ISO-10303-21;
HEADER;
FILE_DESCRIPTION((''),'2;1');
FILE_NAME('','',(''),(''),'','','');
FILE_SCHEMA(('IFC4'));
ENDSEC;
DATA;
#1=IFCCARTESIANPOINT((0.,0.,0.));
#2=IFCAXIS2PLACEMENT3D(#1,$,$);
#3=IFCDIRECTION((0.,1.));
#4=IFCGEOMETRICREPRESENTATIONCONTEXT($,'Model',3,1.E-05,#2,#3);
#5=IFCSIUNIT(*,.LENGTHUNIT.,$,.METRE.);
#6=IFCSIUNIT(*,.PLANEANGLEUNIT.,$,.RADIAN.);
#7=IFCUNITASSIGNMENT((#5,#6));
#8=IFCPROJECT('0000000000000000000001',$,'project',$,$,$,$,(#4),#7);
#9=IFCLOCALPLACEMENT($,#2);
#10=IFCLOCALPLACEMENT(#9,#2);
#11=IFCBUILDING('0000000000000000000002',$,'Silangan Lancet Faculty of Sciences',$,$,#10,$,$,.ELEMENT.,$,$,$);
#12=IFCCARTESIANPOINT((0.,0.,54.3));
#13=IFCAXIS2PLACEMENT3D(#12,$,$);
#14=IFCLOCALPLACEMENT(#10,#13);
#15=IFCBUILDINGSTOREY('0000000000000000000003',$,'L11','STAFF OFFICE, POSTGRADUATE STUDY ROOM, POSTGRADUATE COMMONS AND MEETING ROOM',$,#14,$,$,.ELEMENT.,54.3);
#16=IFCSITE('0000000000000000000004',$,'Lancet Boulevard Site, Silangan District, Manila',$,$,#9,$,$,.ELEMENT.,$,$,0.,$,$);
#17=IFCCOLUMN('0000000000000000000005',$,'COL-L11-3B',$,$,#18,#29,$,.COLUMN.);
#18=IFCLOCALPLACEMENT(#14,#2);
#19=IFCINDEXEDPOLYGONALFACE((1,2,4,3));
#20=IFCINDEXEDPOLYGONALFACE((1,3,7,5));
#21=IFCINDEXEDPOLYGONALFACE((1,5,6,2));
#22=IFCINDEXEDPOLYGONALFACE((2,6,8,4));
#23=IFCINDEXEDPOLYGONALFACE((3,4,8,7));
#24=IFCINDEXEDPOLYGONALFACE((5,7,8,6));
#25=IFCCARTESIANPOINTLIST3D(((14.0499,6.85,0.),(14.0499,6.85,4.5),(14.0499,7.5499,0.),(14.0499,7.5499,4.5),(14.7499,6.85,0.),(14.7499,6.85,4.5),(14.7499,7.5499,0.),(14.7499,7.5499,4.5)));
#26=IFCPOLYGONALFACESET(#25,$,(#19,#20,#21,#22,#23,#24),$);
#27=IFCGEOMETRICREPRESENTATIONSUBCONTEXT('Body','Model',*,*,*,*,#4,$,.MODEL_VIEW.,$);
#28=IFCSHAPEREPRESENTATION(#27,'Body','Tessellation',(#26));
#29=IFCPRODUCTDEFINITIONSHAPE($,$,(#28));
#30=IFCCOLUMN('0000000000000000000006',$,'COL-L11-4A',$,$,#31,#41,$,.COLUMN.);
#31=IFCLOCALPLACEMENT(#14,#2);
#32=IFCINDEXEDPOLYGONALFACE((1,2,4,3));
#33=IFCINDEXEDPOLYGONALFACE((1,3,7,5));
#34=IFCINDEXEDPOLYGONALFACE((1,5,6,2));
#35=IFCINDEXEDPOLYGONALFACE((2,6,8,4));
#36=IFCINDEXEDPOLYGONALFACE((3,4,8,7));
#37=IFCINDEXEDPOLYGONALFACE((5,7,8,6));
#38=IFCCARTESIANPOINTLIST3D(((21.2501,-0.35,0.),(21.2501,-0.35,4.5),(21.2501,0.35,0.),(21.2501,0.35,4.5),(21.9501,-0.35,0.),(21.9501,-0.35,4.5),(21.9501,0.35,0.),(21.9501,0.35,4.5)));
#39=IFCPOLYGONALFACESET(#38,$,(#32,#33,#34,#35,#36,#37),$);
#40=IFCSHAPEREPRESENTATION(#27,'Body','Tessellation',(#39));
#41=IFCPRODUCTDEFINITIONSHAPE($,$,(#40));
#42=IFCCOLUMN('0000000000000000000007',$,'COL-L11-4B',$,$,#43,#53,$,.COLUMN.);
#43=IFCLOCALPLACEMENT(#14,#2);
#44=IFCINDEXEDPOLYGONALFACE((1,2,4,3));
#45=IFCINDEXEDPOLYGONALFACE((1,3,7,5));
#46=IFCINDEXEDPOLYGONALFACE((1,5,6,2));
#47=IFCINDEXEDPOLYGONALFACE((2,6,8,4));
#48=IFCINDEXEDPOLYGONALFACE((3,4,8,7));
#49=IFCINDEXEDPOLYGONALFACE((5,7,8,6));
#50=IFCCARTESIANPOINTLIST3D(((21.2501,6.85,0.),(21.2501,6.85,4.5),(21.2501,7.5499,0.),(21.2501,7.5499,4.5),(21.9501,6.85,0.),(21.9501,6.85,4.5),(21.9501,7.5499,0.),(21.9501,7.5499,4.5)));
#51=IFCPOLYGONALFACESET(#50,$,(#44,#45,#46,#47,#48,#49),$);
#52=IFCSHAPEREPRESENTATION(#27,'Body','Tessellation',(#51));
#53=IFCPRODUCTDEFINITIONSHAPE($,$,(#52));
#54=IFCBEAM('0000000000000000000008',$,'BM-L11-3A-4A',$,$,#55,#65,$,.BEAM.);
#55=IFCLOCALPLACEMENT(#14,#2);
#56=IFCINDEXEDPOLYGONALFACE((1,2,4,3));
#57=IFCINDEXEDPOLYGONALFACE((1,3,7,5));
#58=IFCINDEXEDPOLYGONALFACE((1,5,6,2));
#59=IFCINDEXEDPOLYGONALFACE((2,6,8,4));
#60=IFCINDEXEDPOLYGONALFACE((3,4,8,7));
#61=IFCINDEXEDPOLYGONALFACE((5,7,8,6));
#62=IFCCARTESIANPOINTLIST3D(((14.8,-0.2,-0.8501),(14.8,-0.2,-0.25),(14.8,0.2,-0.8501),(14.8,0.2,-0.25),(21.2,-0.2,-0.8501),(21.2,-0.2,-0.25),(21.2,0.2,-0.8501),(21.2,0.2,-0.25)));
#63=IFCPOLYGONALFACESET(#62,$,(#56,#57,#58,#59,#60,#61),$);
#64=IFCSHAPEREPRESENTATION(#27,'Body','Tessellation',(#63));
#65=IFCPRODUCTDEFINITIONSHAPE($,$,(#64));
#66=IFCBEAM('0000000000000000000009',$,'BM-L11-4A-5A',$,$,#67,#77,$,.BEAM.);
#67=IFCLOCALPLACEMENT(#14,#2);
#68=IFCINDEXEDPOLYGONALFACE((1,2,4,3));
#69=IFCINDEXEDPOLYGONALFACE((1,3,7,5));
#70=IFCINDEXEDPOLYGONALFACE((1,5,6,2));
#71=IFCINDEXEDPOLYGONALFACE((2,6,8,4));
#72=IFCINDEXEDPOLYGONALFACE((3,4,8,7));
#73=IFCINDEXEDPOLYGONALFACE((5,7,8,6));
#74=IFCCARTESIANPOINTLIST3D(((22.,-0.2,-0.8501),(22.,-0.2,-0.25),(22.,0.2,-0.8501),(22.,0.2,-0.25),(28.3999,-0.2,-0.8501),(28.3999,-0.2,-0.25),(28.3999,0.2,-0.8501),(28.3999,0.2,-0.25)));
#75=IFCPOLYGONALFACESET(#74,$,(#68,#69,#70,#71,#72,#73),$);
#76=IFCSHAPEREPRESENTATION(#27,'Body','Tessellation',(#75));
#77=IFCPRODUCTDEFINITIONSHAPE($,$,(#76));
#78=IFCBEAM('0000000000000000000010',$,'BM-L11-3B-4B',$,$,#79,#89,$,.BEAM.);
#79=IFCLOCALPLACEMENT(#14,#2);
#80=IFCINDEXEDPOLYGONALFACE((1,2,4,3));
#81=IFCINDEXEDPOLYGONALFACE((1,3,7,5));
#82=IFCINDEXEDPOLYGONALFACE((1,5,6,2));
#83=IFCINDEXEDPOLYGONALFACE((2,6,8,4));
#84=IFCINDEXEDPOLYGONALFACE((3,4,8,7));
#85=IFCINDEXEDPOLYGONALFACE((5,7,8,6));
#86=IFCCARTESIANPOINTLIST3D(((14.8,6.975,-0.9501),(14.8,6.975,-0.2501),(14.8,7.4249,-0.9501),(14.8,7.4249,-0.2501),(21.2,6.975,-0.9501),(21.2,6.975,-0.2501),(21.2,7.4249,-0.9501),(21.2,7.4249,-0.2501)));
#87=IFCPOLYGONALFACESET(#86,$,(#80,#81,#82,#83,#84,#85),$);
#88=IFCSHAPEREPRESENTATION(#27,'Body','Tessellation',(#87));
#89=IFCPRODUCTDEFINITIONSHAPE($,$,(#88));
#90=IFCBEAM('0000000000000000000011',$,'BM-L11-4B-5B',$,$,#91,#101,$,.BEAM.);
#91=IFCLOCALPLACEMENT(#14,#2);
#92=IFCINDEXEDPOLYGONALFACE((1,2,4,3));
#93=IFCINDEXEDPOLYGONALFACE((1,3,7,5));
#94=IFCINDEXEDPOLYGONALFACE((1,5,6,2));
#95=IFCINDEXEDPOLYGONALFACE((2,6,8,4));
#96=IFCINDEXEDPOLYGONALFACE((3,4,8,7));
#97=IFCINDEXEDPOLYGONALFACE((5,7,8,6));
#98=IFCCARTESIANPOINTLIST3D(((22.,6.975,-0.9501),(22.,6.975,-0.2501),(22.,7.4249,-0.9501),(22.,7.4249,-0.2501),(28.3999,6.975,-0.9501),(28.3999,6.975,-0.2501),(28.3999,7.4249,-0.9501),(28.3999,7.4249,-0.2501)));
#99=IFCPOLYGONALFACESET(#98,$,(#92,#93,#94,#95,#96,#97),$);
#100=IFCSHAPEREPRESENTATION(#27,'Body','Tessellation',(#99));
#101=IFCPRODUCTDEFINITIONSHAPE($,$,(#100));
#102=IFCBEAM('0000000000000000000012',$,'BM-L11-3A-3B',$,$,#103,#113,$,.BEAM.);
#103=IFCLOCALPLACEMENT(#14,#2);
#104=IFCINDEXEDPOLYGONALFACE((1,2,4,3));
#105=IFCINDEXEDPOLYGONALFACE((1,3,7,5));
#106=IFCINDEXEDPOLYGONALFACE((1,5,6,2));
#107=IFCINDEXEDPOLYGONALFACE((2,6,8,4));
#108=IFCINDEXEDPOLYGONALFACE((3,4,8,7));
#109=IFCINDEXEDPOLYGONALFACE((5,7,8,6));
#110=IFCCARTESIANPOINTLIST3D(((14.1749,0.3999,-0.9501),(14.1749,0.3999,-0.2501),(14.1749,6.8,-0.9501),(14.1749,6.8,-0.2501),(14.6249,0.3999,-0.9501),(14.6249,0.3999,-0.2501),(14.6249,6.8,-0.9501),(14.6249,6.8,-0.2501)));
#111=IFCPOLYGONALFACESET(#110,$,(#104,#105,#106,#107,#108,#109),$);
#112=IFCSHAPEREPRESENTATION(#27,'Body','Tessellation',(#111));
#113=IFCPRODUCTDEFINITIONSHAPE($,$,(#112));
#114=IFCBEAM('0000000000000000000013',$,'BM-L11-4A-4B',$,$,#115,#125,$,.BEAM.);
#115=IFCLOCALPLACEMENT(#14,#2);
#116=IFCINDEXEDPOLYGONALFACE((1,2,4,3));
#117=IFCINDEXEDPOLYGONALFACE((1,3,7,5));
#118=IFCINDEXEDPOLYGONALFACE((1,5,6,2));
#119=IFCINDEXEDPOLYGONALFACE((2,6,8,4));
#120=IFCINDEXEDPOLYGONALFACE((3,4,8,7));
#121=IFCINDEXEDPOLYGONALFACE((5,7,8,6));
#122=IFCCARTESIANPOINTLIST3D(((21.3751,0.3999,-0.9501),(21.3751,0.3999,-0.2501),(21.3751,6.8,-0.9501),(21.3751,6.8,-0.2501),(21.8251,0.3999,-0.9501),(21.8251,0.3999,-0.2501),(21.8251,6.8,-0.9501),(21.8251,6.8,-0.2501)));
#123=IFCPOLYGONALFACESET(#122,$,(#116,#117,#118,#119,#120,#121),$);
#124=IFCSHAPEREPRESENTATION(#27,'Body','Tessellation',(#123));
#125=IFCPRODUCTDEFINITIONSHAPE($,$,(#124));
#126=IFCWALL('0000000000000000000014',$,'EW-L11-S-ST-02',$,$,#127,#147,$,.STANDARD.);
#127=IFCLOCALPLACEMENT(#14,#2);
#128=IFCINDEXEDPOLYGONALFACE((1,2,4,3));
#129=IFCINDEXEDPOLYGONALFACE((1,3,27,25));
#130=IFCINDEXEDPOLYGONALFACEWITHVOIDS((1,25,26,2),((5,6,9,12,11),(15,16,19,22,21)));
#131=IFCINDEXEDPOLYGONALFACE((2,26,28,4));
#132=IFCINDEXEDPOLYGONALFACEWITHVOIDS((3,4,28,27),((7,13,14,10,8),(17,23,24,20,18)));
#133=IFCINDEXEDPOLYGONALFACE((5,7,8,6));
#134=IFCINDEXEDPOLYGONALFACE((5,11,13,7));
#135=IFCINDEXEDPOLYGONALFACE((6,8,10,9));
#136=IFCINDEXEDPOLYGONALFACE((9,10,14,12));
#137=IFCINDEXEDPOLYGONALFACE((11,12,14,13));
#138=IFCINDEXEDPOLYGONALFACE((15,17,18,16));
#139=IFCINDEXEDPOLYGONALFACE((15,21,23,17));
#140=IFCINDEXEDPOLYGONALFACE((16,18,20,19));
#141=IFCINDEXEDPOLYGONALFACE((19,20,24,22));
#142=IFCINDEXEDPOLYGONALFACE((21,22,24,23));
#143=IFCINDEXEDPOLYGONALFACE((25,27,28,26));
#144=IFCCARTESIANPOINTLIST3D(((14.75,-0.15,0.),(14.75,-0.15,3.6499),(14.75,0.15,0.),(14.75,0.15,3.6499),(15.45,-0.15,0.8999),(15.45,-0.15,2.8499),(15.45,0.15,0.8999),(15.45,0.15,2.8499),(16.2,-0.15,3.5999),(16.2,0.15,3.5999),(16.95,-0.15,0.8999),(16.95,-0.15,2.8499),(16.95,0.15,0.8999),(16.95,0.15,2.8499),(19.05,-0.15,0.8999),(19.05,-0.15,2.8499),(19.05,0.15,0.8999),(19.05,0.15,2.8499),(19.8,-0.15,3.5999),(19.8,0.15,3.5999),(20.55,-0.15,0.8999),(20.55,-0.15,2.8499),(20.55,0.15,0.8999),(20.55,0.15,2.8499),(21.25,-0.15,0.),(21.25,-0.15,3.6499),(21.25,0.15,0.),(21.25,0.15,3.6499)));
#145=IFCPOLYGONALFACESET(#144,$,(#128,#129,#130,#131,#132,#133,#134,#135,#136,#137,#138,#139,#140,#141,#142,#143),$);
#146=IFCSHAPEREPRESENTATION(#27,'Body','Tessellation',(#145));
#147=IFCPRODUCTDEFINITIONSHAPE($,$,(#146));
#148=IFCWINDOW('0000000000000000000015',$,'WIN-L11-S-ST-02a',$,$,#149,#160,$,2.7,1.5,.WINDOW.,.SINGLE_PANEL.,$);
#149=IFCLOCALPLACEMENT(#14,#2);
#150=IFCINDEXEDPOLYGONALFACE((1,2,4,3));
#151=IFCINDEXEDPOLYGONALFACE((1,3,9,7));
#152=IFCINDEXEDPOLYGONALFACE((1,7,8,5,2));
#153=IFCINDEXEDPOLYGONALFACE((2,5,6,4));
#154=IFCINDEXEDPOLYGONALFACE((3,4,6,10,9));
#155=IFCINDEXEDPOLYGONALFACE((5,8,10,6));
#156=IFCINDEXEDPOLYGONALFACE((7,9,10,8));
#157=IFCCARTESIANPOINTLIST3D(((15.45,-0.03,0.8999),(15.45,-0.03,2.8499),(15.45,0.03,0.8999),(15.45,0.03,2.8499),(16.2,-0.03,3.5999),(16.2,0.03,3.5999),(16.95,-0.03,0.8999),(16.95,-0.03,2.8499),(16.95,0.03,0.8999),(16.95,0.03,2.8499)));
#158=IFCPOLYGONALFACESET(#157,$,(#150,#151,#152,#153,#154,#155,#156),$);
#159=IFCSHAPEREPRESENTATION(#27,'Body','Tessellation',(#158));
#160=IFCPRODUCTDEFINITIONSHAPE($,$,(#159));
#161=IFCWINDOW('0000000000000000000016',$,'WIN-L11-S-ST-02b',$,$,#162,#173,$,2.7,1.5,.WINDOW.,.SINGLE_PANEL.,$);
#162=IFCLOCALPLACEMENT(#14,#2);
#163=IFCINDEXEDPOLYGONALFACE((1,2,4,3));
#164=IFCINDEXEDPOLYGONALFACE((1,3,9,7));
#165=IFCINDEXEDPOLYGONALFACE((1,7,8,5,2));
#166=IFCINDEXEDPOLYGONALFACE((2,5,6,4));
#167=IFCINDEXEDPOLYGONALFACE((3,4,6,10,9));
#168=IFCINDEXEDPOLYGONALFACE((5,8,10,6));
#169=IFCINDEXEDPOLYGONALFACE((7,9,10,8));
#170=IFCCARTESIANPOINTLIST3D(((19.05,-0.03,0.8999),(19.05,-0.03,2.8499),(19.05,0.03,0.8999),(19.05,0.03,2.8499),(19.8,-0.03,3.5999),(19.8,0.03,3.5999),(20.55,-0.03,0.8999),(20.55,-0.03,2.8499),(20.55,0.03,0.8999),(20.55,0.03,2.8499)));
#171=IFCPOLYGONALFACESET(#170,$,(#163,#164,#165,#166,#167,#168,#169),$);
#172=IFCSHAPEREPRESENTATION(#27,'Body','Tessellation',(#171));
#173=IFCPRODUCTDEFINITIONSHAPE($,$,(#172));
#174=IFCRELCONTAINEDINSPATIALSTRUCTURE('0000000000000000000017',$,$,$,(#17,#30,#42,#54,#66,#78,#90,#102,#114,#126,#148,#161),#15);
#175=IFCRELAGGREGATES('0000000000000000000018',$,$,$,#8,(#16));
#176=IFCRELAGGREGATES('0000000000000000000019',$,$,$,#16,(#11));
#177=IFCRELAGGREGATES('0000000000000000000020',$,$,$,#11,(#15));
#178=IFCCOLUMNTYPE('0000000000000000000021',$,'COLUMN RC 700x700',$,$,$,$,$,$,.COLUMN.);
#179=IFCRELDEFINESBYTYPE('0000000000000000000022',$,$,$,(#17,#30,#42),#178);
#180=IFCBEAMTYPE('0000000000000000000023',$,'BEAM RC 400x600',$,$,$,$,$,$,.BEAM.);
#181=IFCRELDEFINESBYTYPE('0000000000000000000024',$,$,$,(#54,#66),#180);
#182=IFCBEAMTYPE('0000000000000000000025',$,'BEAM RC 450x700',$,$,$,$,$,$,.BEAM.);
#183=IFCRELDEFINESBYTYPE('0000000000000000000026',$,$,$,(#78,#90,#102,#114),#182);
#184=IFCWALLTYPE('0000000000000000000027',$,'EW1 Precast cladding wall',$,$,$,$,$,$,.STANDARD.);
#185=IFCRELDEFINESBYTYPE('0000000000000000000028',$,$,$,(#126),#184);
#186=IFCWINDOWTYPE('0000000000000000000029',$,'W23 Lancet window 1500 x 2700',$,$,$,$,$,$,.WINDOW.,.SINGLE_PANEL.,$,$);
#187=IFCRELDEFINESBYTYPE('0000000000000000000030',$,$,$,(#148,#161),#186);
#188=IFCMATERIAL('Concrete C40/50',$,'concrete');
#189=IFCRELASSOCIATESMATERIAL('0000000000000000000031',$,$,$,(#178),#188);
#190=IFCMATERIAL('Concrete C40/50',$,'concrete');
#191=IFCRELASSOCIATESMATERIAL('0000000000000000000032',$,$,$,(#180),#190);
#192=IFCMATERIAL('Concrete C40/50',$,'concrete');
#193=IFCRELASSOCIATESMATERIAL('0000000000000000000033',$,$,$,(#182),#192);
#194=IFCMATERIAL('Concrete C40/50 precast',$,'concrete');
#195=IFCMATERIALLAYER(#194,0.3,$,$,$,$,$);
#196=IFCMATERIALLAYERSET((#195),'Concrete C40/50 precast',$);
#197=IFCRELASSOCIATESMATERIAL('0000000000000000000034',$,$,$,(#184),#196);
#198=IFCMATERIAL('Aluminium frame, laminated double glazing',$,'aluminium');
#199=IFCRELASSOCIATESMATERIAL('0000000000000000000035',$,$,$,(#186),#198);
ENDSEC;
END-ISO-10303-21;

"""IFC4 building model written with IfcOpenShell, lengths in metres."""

from ifc_helpers import new_model, si_unit, direction, frame, frame_2d, origin, origin_2d, place, context, subcontext, project, spatial, polyline, rectangle, outline, extrude, material, layer, layer_set, material_profile, profile_set, type_object, element, fill, save


model = new_model("IFC4")

# Units and contexts
model_context = context("Model", 3, precision=1e-05, world=origin(), true_north=direction((0.0, 1.0)))
body_context = subcontext(model_context, "Body", "Model", "MODEL_VIEW")
ifc_project = project(units=[si_unit("LENGTHUNIT", "METRE"), si_unit("PLANEANGLEUNIT", "RADIAN")], contexts=[model_context])

# Site, building, storey
site_placement = place(None, origin())
site = spatial("IfcSite", under=ifc_project, at=site_placement, Name="Lancet Boulevard Site, Silangan District, Manila", CompositionType="ELEMENT", RefElevation=0.0)
building_placement = place(site_placement, origin())
building = spatial("IfcBuilding", under=site, at=building_placement, Name="Silangan Lancet Faculty of Sciences", CompositionType="ELEMENT")
storey_placement = place(building_placement, frame((0.0, 0.0, 54.3)))
storey = spatial("IfcBuildingStorey", under=building, at=storey_placement, Name="L11", Description="STAFF OFFICE, POSTGRADUATE STUDY ROOM, POSTGRADUATE COMMONS AND MEETING ROOM", CompositionType="ELEMENT", Elevation=54.3)

# Columns
ifc_material_1 = material(Name="Concrete C40/50", Category="concrete")
ifc_material_profile_1 = material_profile(ifc_material_1, rectangle(XDim=0.7, YDim=0.7, at=origin_2d()), Name="RC 700x700")
ifc_profile_set_1 = profile_set([ifc_material_profile_1], Name="Concrete C40/50")
column_type = type_object("IfcColumnType", Name="COLUMN RC 700x700", PredefinedType="COLUMN", material=ifc_profile_set_1)
for number, where, z_axis, x_axis, name in (
    (1, (14.3999, 7.2, 0.0), (0.0, 0.0, 1.0), (1.0, 0.0, 0.0), "COL-L11-3B"),
    (2, (21.6001, 0.0, 0.0), (0.0, 0.0, 1.0), (1.0, 0.0, 0.0), "COL-L11-4A"),
    (3, (21.6001, 7.2, 0.0), (0.0, 0.0, 1.0), (1.0, 0.0, 0.0), "COL-L11-4B"),
):
    element("IfcColumn", number, at=place(storey_placement, frame(where, z_axis=z_axis, x_axis=x_axis)), inside=storey, type_object=column_type, Name=name, PredefinedType="COLUMN", context=body_context, shape_type="SweptSolid", body=[
        extrude(rectangle(XDim=0.7, YDim=0.7, at=origin_2d()), origin(), (0.0, 0.0, 1.0), 4.5),
    ])

# Beams
ifc_material_2 = material(Name="Concrete C40/50", Category="concrete")
ifc_material_profile_2 = material_profile(ifc_material_2, rectangle(XDim=0.3999, YDim=0.6001, at=origin_2d()), Name="RC 400x600")
ifc_profile_set_2 = profile_set([ifc_material_profile_2], Name="Concrete C40/50")
beam_type_1 = type_object("IfcBeamType", Name="BEAM RC 400x600", PredefinedType="BEAM", material=ifc_profile_set_2)
for number, where, z_axis, x_axis, name in (
    (4, (14.8, 0.0, -0.55), (1.0, 0.0, 0.0), (0.0, 1.0, 0.0), "BM-L11-3A-4A"),
    (5, (22.0, 0.0, -0.55), (1.0, 0.0, 0.0), (0.0, 1.0, 0.0), "BM-L11-4A-5A"),
):
    element("IfcBeam", number, at=place(storey_placement, frame(where, z_axis=z_axis, x_axis=x_axis)), inside=storey, type_object=beam_type_1, Name=name, PredefinedType="BEAM", context=body_context, shape_type="SweptSolid", body=[
        extrude(rectangle(XDim=0.3999, YDim=0.6001, at=origin_2d()), origin(), (0.0, 0.0, 1.0), 6.3999),
    ])
ifc_material_3 = material(Name="Concrete C40/50", Category="concrete")
ifc_material_profile_3 = material_profile(ifc_material_3, rectangle(XDim=0.45, YDim=0.7, at=origin_2d()), Name="RC 450x700")
ifc_profile_set_3 = profile_set([ifc_material_profile_3], Name="Concrete C40/50")
beam_type_2 = type_object("IfcBeamType", Name="BEAM RC 450x700", PredefinedType="BEAM", material=ifc_profile_set_3)
for number, where, z_axis, x_axis, name in (
    (6, (14.8, 7.2, -0.6001), (1.0, 0.0, 0.0), (0.0, 1.0, 0.0), "BM-L11-3B-4B"),
    (7, (22.0, 7.2, -0.6001), (1.0, 0.0, 0.0), (0.0, 1.0, 0.0), "BM-L11-4B-5B"),
):
    element("IfcBeam", number, at=place(storey_placement, frame(where, z_axis=z_axis, x_axis=x_axis)), inside=storey, type_object=beam_type_2, Name=name, PredefinedType="BEAM", context=body_context, shape_type="SweptSolid", body=[
        extrude(rectangle(XDim=0.45, YDim=0.7, at=origin_2d()), origin(), (0.0, 0.0, 1.0), 6.3999),
    ])
for number, where, z_axis, x_axis, name in (
    (8, (14.3999, 0.3999, -0.6001), (0.0, 1.0, 0.0), (-1.0, 0.0, 0.0), "BM-L11-3A-3B"),
    (9, (21.6001, 0.3999, -0.6001), (0.0, 1.0, 0.0), (-1.0, 0.0, 0.0), "BM-L11-4A-4B"),
):
    element("IfcBeam", number, at=place(storey_placement, frame(where, z_axis=z_axis, x_axis=x_axis)), inside=storey, type_object=beam_type_2, Name=name, PredefinedType="BEAM", context=body_context, shape_type="SweptSolid", body=[
        extrude(rectangle(XDim=0.45, YDim=0.7, at=origin_2d()), origin(), (0.0, 0.0, 1.0), 6.4001),
    ])

# Wall, openings, windows
ifc_material_4 = material(Name="Concrete C40/50 precast", Category="concrete")
ifc_layer_1 = layer(ifc_material_4, 0.3)
ifc_layer_set_1 = layer_set([ifc_layer_1], Name="Concrete C40/50 precast")
wall_type_1 = type_object("IfcWallType", Name="EW1 Precast cladding wall", PredefinedType="STANDARD", material=ifc_layer_set_1)
wall_1_placement = place(storey_placement, frame((14.75, 0.0, 0.0), z_axis=(0.0, 0.0, 1.0), x_axis=(1.0, 0.0, 0.0)))
wall_1 = element("IfcWall", 10, at=wall_1_placement, inside=storey, type_object=wall_type_1, Name="EW-L11-S-ST-02", PredefinedType="STANDARD", context=body_context, shape_type="SweptSolid", body=[
    extrude(rectangle(XDim=6.5, YDim=0.3, at=frame_2d((3.25, 0.0))), origin(), (0.0, 0.0, 1.0), 3.6499),
])
opening_1_placement = place(wall_1_placement, frame((0.7, 0.0, 0.8999)))
opening_1 = element("IfcOpeningElement", 11, at=opening_1_placement, cuts=wall_1, PredefinedType="OPENING", context=body_context, shape_type="SweptSolid", body=[
    extrude(outline(polyline([(0.0, 0.0), (1.5, 0.0), (1.5, 1.95), (0.75, 2.7), (0.0, 1.95), (0.0, 0.0)])), frame((0.0, 0.1599, 0.0), z_axis=(0.0, -1.0, 0.0), x_axis=(1.0, 0.0, 0.0)), (0.0, 0.0, 1.0), 0.3201),
])
opening_2_placement = place(wall_1_placement, frame((4.3, 0.0, 0.8999)))
opening_2 = element("IfcOpeningElement", 12, at=opening_2_placement, cuts=wall_1, PredefinedType="OPENING", context=body_context, shape_type="SweptSolid", body=[
    extrude(outline(polyline([(0.0, 0.0), (1.5, 0.0), (1.5, 1.95), (0.75, 2.7), (0.0, 1.95), (0.0, 0.0)])), frame((0.0, 0.1599, 0.0), z_axis=(0.0, -1.0, 0.0), x_axis=(1.0, 0.0, 0.0)), (0.0, 0.0, 1.0), 0.3201),
])
ifc_material_5 = material(Name="Aluminium frame, laminated double glazing", Category="aluminium")
window_type_1 = type_object("IfcWindowType", Name="W23 Lancet window 1500 x 2700", PartitioningType="SINGLE_PANEL", PredefinedType="WINDOW", material=ifc_material_5)
window_1_placement = place(opening_1_placement, origin())
window_1 = element("IfcWindow", 13, at=window_1_placement, inside=storey, type_object=window_type_1, Name="WIN-L11-S-ST-02a", OverallHeight=2.7, OverallWidth=1.5, PartitioningType="SINGLE_PANEL", PredefinedType="WINDOW", context=body_context, shape_type="SweptSolid", body=[
    extrude(outline(polyline([(0.0, 0.0), (1.5, 0.0), (1.5, 1.95), (0.75, 2.7), (0.0, 1.95), (0.0, 0.0)])), frame((0.0, 0.03, 0.0), z_axis=(0.0, -1.0, 0.0), x_axis=(1.0, 0.0, 0.0)), (0.0, 0.0, 1.0), 0.0601),
])
fill(opening_1, window_1)
window_2_placement = place(opening_2_placement, origin())
window_2 = element("IfcWindow", 14, at=window_2_placement, inside=storey, type_object=window_type_1, Name="WIN-L11-S-ST-02b", OverallHeight=2.7, OverallWidth=1.5, PartitioningType="SINGLE_PANEL", PredefinedType="WINDOW", context=body_context, shape_type="SweptSolid", body=[
    extrude(outline(polyline([(0.0, 0.0), (1.5, 0.0), (1.5, 1.95), (0.75, 2.7), (0.0, 1.95), (0.0, 0.0)])), frame((0.0, 0.03, 0.0), z_axis=(0.0, -1.0, 0.0), x_axis=(1.0, 0.0, 0.0)), (0.0, 0.0, 1.0), 0.0601),
])
fill(opening_2, window_2)

save(model, "model.ifc")
